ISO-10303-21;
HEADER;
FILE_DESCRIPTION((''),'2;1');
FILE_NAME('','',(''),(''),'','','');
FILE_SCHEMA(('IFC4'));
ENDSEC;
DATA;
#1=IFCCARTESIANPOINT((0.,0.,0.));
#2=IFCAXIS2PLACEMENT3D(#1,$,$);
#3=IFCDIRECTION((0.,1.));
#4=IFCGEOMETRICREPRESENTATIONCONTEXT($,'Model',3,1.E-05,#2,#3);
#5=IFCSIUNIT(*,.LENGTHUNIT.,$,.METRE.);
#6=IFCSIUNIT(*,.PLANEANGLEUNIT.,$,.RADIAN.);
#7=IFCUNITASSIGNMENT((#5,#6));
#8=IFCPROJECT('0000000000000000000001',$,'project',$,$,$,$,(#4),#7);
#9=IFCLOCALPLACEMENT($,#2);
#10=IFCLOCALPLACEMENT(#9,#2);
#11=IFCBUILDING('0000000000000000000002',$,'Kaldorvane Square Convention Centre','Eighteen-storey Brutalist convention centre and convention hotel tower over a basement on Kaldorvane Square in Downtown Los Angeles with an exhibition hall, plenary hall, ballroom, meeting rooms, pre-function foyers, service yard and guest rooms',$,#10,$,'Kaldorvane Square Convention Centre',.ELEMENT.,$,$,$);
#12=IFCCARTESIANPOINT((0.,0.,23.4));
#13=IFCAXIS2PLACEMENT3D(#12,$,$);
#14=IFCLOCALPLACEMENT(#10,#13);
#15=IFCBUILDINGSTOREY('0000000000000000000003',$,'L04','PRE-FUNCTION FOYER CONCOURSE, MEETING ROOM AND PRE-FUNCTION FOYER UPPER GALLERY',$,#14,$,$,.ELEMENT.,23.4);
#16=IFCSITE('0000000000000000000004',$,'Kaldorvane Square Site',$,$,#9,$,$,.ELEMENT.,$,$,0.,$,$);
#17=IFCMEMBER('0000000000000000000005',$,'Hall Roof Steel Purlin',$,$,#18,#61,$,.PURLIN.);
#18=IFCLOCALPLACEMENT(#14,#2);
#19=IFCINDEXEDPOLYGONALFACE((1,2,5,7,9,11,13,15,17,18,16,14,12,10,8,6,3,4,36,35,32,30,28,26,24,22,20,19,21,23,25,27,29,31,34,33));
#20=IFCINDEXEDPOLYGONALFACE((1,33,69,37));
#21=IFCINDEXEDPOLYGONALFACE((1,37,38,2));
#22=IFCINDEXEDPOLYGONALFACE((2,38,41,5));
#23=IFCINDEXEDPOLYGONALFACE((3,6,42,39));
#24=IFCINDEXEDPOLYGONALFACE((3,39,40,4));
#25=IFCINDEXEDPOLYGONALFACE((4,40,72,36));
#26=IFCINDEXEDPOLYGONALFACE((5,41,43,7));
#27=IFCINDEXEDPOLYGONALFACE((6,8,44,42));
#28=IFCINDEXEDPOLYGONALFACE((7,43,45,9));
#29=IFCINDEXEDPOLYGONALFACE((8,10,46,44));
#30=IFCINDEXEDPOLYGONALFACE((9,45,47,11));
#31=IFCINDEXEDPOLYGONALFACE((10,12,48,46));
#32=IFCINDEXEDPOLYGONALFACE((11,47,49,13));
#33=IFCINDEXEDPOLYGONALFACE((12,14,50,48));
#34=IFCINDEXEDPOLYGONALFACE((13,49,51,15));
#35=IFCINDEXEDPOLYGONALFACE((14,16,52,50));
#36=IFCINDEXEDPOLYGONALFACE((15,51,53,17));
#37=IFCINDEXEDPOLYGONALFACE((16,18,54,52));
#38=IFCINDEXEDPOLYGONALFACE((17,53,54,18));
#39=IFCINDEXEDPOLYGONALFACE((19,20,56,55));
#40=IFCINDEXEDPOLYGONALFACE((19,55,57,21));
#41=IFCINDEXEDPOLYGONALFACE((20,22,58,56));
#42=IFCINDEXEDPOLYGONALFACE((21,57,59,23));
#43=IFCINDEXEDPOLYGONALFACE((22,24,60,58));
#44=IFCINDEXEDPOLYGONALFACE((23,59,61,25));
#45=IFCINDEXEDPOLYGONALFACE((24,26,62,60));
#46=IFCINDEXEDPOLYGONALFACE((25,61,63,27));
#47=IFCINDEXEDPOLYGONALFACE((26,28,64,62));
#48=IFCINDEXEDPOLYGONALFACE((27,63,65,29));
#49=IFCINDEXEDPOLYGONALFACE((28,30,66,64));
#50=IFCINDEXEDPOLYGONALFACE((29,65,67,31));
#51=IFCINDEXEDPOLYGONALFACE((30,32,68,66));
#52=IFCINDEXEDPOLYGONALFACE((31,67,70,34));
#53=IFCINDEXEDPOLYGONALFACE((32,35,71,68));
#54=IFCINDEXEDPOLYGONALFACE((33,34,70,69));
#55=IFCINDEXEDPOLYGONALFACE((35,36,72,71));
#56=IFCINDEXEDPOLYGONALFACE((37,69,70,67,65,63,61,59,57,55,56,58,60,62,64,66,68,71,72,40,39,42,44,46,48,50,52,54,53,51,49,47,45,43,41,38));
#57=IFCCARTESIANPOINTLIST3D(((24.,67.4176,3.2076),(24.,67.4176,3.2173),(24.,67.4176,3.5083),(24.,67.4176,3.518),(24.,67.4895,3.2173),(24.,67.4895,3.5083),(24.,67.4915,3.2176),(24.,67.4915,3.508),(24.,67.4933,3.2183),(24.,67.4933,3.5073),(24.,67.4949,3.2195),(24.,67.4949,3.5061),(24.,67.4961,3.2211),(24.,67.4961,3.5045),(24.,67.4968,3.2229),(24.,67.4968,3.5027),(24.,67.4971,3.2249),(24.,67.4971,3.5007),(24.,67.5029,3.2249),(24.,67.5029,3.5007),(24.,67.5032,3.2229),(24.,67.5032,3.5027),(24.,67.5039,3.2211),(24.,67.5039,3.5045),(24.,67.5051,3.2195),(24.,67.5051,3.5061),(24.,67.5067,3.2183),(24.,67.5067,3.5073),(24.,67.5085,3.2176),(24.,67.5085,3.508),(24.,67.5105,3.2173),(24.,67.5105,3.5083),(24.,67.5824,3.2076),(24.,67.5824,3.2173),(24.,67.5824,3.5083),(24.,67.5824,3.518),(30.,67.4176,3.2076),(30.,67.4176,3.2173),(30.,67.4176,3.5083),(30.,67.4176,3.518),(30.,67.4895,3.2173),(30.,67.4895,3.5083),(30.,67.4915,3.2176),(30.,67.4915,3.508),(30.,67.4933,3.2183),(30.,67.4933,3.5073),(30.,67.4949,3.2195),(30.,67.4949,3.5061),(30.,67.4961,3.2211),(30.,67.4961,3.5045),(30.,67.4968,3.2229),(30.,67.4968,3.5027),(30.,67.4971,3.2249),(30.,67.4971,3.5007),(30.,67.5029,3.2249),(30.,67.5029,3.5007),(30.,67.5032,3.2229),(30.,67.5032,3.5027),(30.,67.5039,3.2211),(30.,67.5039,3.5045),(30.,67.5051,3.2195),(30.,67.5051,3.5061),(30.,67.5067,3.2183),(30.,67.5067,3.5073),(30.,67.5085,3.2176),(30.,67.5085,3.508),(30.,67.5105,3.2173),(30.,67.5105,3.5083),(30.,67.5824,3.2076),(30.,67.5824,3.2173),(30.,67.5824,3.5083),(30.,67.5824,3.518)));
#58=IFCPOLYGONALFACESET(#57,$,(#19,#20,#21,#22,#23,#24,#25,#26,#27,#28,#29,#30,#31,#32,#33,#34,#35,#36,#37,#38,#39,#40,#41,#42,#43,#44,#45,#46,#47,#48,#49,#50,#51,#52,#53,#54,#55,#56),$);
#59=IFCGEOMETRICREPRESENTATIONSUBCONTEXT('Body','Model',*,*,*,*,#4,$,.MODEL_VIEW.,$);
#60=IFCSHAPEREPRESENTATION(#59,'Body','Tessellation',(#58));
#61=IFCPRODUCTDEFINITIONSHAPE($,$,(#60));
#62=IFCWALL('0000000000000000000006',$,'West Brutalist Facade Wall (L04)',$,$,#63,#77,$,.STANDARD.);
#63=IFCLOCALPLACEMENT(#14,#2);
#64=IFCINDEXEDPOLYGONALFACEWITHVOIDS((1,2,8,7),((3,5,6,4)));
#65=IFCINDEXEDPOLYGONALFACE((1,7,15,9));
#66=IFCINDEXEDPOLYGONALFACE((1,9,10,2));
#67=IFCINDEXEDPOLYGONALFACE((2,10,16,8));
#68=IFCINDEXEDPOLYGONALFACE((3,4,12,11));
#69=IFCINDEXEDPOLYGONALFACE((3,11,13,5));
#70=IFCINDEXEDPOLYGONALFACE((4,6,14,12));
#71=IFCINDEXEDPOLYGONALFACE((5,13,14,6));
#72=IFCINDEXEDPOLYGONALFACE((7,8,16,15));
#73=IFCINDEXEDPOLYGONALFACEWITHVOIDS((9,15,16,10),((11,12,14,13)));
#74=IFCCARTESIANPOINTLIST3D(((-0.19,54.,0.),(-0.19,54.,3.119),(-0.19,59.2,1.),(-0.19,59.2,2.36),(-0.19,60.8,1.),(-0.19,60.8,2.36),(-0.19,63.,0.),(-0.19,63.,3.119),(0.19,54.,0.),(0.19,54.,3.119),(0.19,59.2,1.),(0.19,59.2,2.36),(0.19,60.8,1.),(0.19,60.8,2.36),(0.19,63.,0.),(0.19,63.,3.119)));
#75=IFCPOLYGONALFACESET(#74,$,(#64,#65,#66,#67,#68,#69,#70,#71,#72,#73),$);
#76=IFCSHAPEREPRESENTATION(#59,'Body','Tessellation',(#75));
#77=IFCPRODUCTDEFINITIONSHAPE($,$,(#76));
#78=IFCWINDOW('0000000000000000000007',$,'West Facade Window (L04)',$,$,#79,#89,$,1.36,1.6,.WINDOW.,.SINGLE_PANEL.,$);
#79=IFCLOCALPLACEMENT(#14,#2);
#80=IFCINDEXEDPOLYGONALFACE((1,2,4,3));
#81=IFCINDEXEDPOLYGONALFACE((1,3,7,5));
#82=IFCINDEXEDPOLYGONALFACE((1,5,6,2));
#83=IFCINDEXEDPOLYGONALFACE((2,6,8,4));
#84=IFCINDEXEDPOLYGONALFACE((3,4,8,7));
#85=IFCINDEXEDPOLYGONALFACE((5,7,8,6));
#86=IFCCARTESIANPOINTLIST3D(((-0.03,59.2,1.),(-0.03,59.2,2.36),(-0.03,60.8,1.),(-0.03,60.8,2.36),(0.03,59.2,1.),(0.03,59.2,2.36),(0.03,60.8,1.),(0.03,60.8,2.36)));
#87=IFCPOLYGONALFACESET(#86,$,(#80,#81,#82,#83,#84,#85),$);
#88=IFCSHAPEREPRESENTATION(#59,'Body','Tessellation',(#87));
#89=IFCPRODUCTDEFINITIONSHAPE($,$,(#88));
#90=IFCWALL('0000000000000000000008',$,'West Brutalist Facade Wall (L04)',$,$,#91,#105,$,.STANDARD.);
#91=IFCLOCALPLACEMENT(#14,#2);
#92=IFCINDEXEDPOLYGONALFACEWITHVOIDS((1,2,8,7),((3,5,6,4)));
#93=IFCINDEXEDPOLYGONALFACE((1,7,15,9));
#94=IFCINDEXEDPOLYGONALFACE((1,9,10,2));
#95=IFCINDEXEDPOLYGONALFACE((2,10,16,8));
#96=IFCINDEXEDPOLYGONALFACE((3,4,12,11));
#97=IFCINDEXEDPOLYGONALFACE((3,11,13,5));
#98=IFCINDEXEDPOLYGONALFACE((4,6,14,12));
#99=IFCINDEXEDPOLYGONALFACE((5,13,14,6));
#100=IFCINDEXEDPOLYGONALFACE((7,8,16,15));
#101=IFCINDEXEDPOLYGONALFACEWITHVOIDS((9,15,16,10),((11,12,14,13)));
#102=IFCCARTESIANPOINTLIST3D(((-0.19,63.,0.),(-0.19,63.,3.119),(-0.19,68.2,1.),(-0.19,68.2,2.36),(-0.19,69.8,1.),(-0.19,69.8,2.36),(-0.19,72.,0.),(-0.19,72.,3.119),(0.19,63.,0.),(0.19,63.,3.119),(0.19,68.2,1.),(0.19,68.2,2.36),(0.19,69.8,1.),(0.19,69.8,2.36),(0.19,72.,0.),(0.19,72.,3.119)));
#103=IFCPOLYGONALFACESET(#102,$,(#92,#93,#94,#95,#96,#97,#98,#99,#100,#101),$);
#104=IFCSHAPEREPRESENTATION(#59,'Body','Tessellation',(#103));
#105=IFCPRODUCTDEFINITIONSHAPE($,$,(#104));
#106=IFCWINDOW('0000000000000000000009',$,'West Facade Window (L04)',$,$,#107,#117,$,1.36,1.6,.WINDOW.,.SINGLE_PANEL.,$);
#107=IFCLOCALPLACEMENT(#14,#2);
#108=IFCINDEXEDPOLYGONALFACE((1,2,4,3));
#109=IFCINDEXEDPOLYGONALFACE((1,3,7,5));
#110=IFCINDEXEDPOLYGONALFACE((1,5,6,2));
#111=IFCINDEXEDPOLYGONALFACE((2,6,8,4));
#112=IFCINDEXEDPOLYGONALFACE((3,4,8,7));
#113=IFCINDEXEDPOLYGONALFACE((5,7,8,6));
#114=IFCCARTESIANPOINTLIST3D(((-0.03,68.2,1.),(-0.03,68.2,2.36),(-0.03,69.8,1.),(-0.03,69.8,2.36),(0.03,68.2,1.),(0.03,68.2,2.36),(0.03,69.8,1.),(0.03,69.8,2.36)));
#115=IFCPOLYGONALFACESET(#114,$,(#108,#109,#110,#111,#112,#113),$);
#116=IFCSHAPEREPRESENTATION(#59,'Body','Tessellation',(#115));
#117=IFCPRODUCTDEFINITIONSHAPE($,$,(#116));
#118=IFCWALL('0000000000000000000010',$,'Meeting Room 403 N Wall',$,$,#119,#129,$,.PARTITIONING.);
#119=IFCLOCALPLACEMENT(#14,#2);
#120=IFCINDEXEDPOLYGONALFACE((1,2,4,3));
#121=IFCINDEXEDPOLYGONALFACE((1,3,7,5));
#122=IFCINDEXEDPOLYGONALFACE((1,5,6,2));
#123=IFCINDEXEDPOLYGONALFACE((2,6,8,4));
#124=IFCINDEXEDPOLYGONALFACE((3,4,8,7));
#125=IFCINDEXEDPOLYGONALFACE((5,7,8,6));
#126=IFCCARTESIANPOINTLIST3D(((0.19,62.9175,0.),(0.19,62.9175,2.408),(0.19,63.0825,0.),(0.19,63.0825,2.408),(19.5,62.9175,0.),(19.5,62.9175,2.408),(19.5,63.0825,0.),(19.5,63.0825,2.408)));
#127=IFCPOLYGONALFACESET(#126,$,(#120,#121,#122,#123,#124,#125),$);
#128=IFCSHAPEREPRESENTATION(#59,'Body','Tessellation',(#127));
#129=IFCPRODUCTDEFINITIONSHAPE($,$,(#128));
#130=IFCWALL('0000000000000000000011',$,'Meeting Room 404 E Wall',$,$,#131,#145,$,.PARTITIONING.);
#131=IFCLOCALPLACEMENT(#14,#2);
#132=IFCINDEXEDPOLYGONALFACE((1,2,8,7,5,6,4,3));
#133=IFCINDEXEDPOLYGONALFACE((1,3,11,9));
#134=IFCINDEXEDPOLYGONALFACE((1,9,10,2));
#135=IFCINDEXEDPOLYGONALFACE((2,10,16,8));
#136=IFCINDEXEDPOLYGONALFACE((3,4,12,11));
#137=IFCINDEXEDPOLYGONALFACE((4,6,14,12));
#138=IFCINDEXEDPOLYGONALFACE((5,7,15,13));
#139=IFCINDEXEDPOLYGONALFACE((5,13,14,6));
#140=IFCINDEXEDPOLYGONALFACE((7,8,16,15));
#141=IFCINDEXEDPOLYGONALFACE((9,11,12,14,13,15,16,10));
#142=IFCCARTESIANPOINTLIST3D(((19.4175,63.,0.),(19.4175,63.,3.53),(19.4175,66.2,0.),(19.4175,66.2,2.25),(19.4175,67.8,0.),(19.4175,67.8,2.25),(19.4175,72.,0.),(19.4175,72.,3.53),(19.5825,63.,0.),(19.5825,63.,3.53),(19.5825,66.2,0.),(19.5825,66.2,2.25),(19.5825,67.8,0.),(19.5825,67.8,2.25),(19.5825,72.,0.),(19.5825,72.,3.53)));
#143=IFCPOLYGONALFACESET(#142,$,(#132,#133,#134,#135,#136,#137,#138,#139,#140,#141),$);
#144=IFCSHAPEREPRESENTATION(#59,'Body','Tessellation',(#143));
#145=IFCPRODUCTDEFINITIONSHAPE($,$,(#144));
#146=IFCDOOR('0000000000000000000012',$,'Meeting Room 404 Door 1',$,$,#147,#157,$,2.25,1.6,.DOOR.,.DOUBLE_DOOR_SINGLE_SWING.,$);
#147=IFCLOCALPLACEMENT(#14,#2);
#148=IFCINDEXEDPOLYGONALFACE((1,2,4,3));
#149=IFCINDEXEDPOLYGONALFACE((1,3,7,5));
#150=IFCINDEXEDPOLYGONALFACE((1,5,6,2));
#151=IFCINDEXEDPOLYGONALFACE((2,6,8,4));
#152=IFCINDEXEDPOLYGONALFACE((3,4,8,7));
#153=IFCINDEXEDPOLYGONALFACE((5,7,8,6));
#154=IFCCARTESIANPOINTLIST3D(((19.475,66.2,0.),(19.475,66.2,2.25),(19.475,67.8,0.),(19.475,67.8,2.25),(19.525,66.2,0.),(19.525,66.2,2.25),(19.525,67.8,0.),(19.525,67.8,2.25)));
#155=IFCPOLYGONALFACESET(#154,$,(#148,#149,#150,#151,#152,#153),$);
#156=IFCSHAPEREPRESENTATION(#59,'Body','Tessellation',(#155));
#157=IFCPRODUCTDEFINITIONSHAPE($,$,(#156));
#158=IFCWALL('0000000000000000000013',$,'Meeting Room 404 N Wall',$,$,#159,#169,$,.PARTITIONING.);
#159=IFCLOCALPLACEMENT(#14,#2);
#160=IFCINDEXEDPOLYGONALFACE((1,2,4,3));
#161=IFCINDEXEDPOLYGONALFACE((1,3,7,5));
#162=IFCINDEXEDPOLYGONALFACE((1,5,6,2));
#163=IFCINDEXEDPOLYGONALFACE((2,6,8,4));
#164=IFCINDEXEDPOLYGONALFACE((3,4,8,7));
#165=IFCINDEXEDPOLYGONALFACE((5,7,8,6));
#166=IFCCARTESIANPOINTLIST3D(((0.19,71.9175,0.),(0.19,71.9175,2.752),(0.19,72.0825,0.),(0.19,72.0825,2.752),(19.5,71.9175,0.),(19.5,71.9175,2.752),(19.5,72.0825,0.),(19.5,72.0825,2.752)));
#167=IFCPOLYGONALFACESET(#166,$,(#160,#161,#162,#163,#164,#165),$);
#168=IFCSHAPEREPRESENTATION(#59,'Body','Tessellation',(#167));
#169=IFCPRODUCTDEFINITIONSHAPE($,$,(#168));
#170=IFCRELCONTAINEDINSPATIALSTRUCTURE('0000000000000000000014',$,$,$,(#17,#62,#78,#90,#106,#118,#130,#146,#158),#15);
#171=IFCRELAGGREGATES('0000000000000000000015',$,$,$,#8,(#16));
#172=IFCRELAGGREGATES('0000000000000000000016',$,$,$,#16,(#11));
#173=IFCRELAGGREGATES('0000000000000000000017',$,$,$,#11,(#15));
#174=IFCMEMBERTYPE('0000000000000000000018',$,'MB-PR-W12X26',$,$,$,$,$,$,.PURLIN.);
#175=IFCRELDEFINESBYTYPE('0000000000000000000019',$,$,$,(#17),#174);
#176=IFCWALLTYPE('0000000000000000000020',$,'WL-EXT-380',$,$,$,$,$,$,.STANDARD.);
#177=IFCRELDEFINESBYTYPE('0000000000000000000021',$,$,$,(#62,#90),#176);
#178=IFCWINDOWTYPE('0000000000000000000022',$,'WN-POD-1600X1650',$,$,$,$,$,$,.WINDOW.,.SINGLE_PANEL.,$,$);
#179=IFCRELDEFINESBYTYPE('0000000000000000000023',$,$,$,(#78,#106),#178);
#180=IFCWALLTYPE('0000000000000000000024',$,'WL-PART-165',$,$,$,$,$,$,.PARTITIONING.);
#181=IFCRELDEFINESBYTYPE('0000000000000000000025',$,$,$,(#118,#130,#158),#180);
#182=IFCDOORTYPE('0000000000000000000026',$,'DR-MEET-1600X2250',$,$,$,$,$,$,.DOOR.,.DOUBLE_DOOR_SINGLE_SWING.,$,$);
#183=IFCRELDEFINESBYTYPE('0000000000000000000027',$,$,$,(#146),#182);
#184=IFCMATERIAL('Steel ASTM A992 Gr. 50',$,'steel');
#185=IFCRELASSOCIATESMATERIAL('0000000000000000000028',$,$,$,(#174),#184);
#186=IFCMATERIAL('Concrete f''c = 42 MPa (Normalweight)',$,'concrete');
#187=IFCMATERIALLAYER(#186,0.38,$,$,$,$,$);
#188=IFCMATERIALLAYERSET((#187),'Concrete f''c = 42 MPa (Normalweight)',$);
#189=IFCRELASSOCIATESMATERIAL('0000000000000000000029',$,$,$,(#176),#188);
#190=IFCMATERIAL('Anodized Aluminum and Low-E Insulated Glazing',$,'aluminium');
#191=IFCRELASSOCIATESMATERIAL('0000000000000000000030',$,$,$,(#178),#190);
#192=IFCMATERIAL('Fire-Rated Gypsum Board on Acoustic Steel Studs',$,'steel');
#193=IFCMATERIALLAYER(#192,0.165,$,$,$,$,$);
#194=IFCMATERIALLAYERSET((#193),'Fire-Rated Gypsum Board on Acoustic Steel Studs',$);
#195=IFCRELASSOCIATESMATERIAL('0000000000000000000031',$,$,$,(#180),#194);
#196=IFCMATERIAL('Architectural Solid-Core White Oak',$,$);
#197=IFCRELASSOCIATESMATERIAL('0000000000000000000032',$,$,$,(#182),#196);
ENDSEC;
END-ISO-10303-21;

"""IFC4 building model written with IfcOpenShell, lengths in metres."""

from ifc_helpers import new_model, si_unit, direction, frame, frame_2d, origin, origin_2d, place, context, subcontext, project, spatial, rectangle, i_section, extrude, material, layer, layer_set, material_profile, profile_set, type_object, element, fill, save


model = new_model("IFC4")

# Units and contexts
model_context = context("Model", 3, precision=1e-05, world=origin(), true_north=direction((0.0, 1.0)))
body_context = subcontext(model_context, "Body", "Model", "MODEL_VIEW")
ifc_project = project(units=[si_unit("LENGTHUNIT", "METRE"), si_unit("PLANEANGLEUNIT", "RADIAN")], contexts=[model_context])

# Site, building, storey
site_placement = place(None, origin())
site = spatial("IfcSite", under=ifc_project, at=site_placement, Name="Kaldorvane Square Site", CompositionType="ELEMENT", RefElevation=0.0)
building_placement = place(site_placement, origin())
building = spatial("IfcBuilding", under=site, at=building_placement, Name="Kaldorvane Square Convention Centre", Description="Eighteen-storey Brutalist convention centre and convention hotel tower over a basement on Kaldorvane Square in Downtown Los Angeles with an exhibition hall, plenary hall, ballroom, meeting rooms, pre-function foyers, service yard and guest rooms", LongName="Kaldorvane Square Convention Centre", CompositionType="ELEMENT")
storey_placement = place(building_placement, frame((0.0, 0.0, 23.4)))
storey = spatial("IfcBuildingStorey", under=building, at=storey_placement, Name="L04", Description="PRE-FUNCTION FOYER CONCOURSE, MEETING ROOM AND PRE-FUNCTION FOYER UPPER GALLERY", CompositionType="ELEMENT", Elevation=23.4)

# Shared definitions
ifc_material_1 = material(Name="Steel ASTM A992 Gr. 50", Category="steel")

# Member
ifc_material_profile_1 = material_profile(ifc_material_1, i_section(OverallWidth=0.1648, OverallDepth=0.3104, WebThickness=0.0058, FlangeThickness=0.0097, FilletRadius=0.0076, at=origin_2d()), Name="W12X26")
ifc_profile_set_1 = profile_set([ifc_material_profile_1], Name="Steel ASTM A992 Gr. 50")
member_type = type_object("IfcMemberType", Name="MB-PR-W12X26", PredefinedType="PURLIN", material=ifc_profile_set_1)
for number, where, z_axis, x_axis, name in (
    (1, (24.0, 67.5, 3.3628), (1.0, 0.0, 0.0), (0.0, 1.0, 0.0), "Hall Roof Steel Purlin"),
):
    element("IfcMember", number, at=place(storey_placement, frame(where, z_axis=z_axis, x_axis=x_axis)), inside=storey, type_object=member_type, Name=name, PredefinedType="PURLIN", context=body_context, shape_type="SweptSolid", body=[
        extrude(i_section(OverallWidth=0.1648, OverallDepth=0.3104, WebThickness=0.0058, FlangeThickness=0.0097, FilletRadius=0.0076, at=origin_2d()), origin(), (0.0, 0.0, 1.0), 6.0),
    ])

# Walls, openings, windows
ifc_material_2 = material(Name="Concrete f'c = 42 MPa (Normalweight)", Category="concrete")
ifc_layer_1 = layer(ifc_material_2, 0.38)
ifc_layer_set_1 = layer_set([ifc_layer_1], Name="Concrete f'c = 42 MPa (Normalweight)")
wall_type_1 = type_object("IfcWallType", Name="WL-EXT-380", PredefinedType="STANDARD", material=ifc_layer_set_1)
wall_1_placement = place(storey_placement, frame((0.0, 63.0, 0.0), z_axis=(0.0, 0.0, 1.0), x_axis=(0.0, -1.0, 0.0)))
wall_1 = element("IfcWall", 2, at=wall_1_placement, inside=storey, type_object=wall_type_1, Name="West Brutalist Facade Wall (L04)", PredefinedType="STANDARD", context=body_context, shape_type="SweptSolid", body=[
    extrude(rectangle(XDim=9.0, YDim=0.38, at=frame_2d((4.5, 0.0))), origin(), (0.0, 0.0, 1.0), 3.119),
])
opening_1_placement = place(wall_1_placement, frame((2.2, 0.0, 1.0)))
opening_1 = element("IfcOpeningElement", 3, at=opening_1_placement, cuts=wall_1, PredefinedType="OPENING", context=body_context, shape_type="SweptSolid", body=[
    extrude(rectangle(XDim=1.6, YDim=1.36, at=frame_2d((0.8, 0.68))), frame((0.0, 0.205, 0.0), z_axis=(0.0, -1.0, 0.0), x_axis=(1.0, 0.0, 0.0)), (0.0, 0.0, 1.0), 0.41),
])
ifc_material_3 = material(Name="Anodized Aluminum and Low-E Insulated Glazing", Category="aluminium")
window_type = type_object("IfcWindowType", Name="WN-POD-1600X1650", PartitioningType="SINGLE_PANEL", PredefinedType="WINDOW", material=ifc_material_3)
window_1_placement = place(opening_1_placement, origin())
window_1 = element("IfcWindow", 4, at=window_1_placement, inside=storey, type_object=window_type, Name="West Facade Window (L04)", OverallHeight=1.36, OverallWidth=1.6, PartitioningType="SINGLE_PANEL", PredefinedType="WINDOW", context=body_context, shape_type="SweptSolid", body=[
    extrude(rectangle(XDim=1.6, YDim=1.36, at=frame_2d((0.8, 0.68))), frame((0.0, 0.03, 0.0), z_axis=(0.0, -1.0, 0.0), x_axis=(1.0, 0.0, 0.0)), (0.0, 0.0, 1.0), 0.06),
])
fill(opening_1, window_1)
wall_2_placement = place(storey_placement, frame((0.0, 72.0, 0.0), z_axis=(0.0, 0.0, 1.0), x_axis=(0.0, -1.0, 0.0)))
wall_2 = element("IfcWall", 5, at=wall_2_placement, inside=storey, type_object=wall_type_1, Name="West Brutalist Facade Wall (L04)", PredefinedType="STANDARD", context=body_context, shape_type="SweptSolid", body=[
    extrude(rectangle(XDim=9.0, YDim=0.38, at=frame_2d((4.5, 0.0))), origin(), (0.0, 0.0, 1.0), 3.119),
])
opening_2_placement = place(wall_2_placement, frame((2.2, 0.0, 1.0)))
opening_2 = element("IfcOpeningElement", 6, at=opening_2_placement, cuts=wall_2, PredefinedType="OPENING", context=body_context, shape_type="SweptSolid", body=[
    extrude(rectangle(XDim=1.6, YDim=1.36, at=frame_2d((0.8, 0.68))), frame((0.0, 0.205, 0.0), z_axis=(0.0, -1.0, 0.0), x_axis=(1.0, 0.0, 0.0)), (0.0, 0.0, 1.0), 0.41),
])
window_2_placement = place(opening_2_placement, origin())
window_2 = element("IfcWindow", 7, at=window_2_placement, inside=storey, type_object=window_type, Name="West Facade Window (L04)", OverallHeight=1.36, OverallWidth=1.6, PartitioningType="SINGLE_PANEL", PredefinedType="WINDOW", context=body_context, shape_type="SweptSolid", body=[
    extrude(rectangle(XDim=1.6, YDim=1.36, at=frame_2d((0.8, 0.68))), frame((0.0, 0.03, 0.0), z_axis=(0.0, -1.0, 0.0), x_axis=(1.0, 0.0, 0.0)), (0.0, 0.0, 1.0), 0.06),
])
fill(opening_2, window_2)

# Wall
ifc_material_4 = material(Name="Fire-Rated Gypsum Board on Acoustic Steel Studs", Category="steel")
ifc_layer_2 = layer(ifc_material_4, 0.165)
ifc_layer_set_2 = layer_set([ifc_layer_2], Name="Fire-Rated Gypsum Board on Acoustic Steel Studs")
wall_type_2 = type_object("IfcWallType", Name="WL-PART-165", PredefinedType="PARTITIONING", material=ifc_layer_set_2)
wall_3_placement = place(storey_placement, frame((19.5, 63.0, 0.0), z_axis=(0.0, 0.0, 1.0), x_axis=(-1.0, 0.0, 0.0)))
element("IfcWall", 8, at=wall_3_placement, inside=storey, type_object=wall_type_2, Name="Meeting Room 403 N Wall", PredefinedType="PARTITIONING", context=body_context, shape_type="SweptSolid", body=[
    extrude(rectangle(XDim=19.31, YDim=0.165, at=frame_2d((9.655, 0.0))), origin(), (0.0, 0.0, 1.0), 2.408),
])

# Wall, opening, door
wall_4_placement = place(storey_placement, frame((19.5, 63.0, 0.0), z_axis=(0.0, 0.0, 1.0), x_axis=(0.0, 1.0, 0.0)))
wall_4 = element("IfcWall", 9, at=wall_4_placement, inside=storey, type_object=wall_type_2, Name="Meeting Room 404 E Wall", PredefinedType="PARTITIONING", context=body_context, shape_type="SweptSolid", body=[
    extrude(rectangle(XDim=9.0, YDim=0.165, at=frame_2d((4.5, 0.0))), origin(), (0.0, 0.0, 1.0), 3.53),
])
opening_3_placement = place(wall_4_placement, frame((3.2, 0.0, 0.0)))
opening_3 = element("IfcOpeningElement", 10, at=opening_3_placement, cuts=wall_4, PredefinedType="OPENING", context=body_context, shape_type="SweptSolid", body=[
    extrude(rectangle(XDim=1.6, YDim=2.25, at=frame_2d((0.8, 1.125))), frame((0.0, 0.0975, 0.0), z_axis=(0.0, -1.0, 0.0), x_axis=(1.0, 0.0, 0.0)), (0.0, 0.0, 1.0), 0.195),
])
ifc_material_5 = material(Name="Architectural Solid-Core White Oak")
door_type_1 = type_object("IfcDoorType", Name="DR-MEET-1600X2250", OperationType="DOUBLE_DOOR_SINGLE_SWING", PredefinedType="DOOR", material=ifc_material_5)
door_1_placement = place(opening_3_placement, origin())
door_1 = element("IfcDoor", 11, at=door_1_placement, inside=storey, type_object=door_type_1, Name="Meeting Room 404 Door 1", OperationType="DOUBLE_DOOR_SINGLE_SWING", OverallHeight=2.25, OverallWidth=1.6, PredefinedType="DOOR", context=body_context, shape_type="SweptSolid", body=[
    extrude(rectangle(XDim=1.6, YDim=2.25, at=frame_2d((0.8, 1.125))), frame((0.0, 0.025, 0.0), z_axis=(0.0, -1.0, 0.0), x_axis=(1.0, 0.0, 0.0)), (0.0, 0.0, 1.0), 0.05),
])
fill(opening_3, door_1)

# Wall
wall_5_placement = place(storey_placement, frame((19.5, 72.0, 0.0), z_axis=(0.0, 0.0, 1.0), x_axis=(-1.0, 0.0, 0.0)))
element("IfcWall", 12, at=wall_5_placement, inside=storey, type_object=wall_type_2, Name="Meeting Room 404 N Wall", PredefinedType="PARTITIONING", context=body_context, shape_type="SweptSolid", body=[
    extrude(rectangle(XDim=19.31, YDim=0.165, at=frame_2d((9.655, 0.0))), origin(), (0.0, 0.0, 1.0), 2.752),
])

save(model, "model.ifc")
